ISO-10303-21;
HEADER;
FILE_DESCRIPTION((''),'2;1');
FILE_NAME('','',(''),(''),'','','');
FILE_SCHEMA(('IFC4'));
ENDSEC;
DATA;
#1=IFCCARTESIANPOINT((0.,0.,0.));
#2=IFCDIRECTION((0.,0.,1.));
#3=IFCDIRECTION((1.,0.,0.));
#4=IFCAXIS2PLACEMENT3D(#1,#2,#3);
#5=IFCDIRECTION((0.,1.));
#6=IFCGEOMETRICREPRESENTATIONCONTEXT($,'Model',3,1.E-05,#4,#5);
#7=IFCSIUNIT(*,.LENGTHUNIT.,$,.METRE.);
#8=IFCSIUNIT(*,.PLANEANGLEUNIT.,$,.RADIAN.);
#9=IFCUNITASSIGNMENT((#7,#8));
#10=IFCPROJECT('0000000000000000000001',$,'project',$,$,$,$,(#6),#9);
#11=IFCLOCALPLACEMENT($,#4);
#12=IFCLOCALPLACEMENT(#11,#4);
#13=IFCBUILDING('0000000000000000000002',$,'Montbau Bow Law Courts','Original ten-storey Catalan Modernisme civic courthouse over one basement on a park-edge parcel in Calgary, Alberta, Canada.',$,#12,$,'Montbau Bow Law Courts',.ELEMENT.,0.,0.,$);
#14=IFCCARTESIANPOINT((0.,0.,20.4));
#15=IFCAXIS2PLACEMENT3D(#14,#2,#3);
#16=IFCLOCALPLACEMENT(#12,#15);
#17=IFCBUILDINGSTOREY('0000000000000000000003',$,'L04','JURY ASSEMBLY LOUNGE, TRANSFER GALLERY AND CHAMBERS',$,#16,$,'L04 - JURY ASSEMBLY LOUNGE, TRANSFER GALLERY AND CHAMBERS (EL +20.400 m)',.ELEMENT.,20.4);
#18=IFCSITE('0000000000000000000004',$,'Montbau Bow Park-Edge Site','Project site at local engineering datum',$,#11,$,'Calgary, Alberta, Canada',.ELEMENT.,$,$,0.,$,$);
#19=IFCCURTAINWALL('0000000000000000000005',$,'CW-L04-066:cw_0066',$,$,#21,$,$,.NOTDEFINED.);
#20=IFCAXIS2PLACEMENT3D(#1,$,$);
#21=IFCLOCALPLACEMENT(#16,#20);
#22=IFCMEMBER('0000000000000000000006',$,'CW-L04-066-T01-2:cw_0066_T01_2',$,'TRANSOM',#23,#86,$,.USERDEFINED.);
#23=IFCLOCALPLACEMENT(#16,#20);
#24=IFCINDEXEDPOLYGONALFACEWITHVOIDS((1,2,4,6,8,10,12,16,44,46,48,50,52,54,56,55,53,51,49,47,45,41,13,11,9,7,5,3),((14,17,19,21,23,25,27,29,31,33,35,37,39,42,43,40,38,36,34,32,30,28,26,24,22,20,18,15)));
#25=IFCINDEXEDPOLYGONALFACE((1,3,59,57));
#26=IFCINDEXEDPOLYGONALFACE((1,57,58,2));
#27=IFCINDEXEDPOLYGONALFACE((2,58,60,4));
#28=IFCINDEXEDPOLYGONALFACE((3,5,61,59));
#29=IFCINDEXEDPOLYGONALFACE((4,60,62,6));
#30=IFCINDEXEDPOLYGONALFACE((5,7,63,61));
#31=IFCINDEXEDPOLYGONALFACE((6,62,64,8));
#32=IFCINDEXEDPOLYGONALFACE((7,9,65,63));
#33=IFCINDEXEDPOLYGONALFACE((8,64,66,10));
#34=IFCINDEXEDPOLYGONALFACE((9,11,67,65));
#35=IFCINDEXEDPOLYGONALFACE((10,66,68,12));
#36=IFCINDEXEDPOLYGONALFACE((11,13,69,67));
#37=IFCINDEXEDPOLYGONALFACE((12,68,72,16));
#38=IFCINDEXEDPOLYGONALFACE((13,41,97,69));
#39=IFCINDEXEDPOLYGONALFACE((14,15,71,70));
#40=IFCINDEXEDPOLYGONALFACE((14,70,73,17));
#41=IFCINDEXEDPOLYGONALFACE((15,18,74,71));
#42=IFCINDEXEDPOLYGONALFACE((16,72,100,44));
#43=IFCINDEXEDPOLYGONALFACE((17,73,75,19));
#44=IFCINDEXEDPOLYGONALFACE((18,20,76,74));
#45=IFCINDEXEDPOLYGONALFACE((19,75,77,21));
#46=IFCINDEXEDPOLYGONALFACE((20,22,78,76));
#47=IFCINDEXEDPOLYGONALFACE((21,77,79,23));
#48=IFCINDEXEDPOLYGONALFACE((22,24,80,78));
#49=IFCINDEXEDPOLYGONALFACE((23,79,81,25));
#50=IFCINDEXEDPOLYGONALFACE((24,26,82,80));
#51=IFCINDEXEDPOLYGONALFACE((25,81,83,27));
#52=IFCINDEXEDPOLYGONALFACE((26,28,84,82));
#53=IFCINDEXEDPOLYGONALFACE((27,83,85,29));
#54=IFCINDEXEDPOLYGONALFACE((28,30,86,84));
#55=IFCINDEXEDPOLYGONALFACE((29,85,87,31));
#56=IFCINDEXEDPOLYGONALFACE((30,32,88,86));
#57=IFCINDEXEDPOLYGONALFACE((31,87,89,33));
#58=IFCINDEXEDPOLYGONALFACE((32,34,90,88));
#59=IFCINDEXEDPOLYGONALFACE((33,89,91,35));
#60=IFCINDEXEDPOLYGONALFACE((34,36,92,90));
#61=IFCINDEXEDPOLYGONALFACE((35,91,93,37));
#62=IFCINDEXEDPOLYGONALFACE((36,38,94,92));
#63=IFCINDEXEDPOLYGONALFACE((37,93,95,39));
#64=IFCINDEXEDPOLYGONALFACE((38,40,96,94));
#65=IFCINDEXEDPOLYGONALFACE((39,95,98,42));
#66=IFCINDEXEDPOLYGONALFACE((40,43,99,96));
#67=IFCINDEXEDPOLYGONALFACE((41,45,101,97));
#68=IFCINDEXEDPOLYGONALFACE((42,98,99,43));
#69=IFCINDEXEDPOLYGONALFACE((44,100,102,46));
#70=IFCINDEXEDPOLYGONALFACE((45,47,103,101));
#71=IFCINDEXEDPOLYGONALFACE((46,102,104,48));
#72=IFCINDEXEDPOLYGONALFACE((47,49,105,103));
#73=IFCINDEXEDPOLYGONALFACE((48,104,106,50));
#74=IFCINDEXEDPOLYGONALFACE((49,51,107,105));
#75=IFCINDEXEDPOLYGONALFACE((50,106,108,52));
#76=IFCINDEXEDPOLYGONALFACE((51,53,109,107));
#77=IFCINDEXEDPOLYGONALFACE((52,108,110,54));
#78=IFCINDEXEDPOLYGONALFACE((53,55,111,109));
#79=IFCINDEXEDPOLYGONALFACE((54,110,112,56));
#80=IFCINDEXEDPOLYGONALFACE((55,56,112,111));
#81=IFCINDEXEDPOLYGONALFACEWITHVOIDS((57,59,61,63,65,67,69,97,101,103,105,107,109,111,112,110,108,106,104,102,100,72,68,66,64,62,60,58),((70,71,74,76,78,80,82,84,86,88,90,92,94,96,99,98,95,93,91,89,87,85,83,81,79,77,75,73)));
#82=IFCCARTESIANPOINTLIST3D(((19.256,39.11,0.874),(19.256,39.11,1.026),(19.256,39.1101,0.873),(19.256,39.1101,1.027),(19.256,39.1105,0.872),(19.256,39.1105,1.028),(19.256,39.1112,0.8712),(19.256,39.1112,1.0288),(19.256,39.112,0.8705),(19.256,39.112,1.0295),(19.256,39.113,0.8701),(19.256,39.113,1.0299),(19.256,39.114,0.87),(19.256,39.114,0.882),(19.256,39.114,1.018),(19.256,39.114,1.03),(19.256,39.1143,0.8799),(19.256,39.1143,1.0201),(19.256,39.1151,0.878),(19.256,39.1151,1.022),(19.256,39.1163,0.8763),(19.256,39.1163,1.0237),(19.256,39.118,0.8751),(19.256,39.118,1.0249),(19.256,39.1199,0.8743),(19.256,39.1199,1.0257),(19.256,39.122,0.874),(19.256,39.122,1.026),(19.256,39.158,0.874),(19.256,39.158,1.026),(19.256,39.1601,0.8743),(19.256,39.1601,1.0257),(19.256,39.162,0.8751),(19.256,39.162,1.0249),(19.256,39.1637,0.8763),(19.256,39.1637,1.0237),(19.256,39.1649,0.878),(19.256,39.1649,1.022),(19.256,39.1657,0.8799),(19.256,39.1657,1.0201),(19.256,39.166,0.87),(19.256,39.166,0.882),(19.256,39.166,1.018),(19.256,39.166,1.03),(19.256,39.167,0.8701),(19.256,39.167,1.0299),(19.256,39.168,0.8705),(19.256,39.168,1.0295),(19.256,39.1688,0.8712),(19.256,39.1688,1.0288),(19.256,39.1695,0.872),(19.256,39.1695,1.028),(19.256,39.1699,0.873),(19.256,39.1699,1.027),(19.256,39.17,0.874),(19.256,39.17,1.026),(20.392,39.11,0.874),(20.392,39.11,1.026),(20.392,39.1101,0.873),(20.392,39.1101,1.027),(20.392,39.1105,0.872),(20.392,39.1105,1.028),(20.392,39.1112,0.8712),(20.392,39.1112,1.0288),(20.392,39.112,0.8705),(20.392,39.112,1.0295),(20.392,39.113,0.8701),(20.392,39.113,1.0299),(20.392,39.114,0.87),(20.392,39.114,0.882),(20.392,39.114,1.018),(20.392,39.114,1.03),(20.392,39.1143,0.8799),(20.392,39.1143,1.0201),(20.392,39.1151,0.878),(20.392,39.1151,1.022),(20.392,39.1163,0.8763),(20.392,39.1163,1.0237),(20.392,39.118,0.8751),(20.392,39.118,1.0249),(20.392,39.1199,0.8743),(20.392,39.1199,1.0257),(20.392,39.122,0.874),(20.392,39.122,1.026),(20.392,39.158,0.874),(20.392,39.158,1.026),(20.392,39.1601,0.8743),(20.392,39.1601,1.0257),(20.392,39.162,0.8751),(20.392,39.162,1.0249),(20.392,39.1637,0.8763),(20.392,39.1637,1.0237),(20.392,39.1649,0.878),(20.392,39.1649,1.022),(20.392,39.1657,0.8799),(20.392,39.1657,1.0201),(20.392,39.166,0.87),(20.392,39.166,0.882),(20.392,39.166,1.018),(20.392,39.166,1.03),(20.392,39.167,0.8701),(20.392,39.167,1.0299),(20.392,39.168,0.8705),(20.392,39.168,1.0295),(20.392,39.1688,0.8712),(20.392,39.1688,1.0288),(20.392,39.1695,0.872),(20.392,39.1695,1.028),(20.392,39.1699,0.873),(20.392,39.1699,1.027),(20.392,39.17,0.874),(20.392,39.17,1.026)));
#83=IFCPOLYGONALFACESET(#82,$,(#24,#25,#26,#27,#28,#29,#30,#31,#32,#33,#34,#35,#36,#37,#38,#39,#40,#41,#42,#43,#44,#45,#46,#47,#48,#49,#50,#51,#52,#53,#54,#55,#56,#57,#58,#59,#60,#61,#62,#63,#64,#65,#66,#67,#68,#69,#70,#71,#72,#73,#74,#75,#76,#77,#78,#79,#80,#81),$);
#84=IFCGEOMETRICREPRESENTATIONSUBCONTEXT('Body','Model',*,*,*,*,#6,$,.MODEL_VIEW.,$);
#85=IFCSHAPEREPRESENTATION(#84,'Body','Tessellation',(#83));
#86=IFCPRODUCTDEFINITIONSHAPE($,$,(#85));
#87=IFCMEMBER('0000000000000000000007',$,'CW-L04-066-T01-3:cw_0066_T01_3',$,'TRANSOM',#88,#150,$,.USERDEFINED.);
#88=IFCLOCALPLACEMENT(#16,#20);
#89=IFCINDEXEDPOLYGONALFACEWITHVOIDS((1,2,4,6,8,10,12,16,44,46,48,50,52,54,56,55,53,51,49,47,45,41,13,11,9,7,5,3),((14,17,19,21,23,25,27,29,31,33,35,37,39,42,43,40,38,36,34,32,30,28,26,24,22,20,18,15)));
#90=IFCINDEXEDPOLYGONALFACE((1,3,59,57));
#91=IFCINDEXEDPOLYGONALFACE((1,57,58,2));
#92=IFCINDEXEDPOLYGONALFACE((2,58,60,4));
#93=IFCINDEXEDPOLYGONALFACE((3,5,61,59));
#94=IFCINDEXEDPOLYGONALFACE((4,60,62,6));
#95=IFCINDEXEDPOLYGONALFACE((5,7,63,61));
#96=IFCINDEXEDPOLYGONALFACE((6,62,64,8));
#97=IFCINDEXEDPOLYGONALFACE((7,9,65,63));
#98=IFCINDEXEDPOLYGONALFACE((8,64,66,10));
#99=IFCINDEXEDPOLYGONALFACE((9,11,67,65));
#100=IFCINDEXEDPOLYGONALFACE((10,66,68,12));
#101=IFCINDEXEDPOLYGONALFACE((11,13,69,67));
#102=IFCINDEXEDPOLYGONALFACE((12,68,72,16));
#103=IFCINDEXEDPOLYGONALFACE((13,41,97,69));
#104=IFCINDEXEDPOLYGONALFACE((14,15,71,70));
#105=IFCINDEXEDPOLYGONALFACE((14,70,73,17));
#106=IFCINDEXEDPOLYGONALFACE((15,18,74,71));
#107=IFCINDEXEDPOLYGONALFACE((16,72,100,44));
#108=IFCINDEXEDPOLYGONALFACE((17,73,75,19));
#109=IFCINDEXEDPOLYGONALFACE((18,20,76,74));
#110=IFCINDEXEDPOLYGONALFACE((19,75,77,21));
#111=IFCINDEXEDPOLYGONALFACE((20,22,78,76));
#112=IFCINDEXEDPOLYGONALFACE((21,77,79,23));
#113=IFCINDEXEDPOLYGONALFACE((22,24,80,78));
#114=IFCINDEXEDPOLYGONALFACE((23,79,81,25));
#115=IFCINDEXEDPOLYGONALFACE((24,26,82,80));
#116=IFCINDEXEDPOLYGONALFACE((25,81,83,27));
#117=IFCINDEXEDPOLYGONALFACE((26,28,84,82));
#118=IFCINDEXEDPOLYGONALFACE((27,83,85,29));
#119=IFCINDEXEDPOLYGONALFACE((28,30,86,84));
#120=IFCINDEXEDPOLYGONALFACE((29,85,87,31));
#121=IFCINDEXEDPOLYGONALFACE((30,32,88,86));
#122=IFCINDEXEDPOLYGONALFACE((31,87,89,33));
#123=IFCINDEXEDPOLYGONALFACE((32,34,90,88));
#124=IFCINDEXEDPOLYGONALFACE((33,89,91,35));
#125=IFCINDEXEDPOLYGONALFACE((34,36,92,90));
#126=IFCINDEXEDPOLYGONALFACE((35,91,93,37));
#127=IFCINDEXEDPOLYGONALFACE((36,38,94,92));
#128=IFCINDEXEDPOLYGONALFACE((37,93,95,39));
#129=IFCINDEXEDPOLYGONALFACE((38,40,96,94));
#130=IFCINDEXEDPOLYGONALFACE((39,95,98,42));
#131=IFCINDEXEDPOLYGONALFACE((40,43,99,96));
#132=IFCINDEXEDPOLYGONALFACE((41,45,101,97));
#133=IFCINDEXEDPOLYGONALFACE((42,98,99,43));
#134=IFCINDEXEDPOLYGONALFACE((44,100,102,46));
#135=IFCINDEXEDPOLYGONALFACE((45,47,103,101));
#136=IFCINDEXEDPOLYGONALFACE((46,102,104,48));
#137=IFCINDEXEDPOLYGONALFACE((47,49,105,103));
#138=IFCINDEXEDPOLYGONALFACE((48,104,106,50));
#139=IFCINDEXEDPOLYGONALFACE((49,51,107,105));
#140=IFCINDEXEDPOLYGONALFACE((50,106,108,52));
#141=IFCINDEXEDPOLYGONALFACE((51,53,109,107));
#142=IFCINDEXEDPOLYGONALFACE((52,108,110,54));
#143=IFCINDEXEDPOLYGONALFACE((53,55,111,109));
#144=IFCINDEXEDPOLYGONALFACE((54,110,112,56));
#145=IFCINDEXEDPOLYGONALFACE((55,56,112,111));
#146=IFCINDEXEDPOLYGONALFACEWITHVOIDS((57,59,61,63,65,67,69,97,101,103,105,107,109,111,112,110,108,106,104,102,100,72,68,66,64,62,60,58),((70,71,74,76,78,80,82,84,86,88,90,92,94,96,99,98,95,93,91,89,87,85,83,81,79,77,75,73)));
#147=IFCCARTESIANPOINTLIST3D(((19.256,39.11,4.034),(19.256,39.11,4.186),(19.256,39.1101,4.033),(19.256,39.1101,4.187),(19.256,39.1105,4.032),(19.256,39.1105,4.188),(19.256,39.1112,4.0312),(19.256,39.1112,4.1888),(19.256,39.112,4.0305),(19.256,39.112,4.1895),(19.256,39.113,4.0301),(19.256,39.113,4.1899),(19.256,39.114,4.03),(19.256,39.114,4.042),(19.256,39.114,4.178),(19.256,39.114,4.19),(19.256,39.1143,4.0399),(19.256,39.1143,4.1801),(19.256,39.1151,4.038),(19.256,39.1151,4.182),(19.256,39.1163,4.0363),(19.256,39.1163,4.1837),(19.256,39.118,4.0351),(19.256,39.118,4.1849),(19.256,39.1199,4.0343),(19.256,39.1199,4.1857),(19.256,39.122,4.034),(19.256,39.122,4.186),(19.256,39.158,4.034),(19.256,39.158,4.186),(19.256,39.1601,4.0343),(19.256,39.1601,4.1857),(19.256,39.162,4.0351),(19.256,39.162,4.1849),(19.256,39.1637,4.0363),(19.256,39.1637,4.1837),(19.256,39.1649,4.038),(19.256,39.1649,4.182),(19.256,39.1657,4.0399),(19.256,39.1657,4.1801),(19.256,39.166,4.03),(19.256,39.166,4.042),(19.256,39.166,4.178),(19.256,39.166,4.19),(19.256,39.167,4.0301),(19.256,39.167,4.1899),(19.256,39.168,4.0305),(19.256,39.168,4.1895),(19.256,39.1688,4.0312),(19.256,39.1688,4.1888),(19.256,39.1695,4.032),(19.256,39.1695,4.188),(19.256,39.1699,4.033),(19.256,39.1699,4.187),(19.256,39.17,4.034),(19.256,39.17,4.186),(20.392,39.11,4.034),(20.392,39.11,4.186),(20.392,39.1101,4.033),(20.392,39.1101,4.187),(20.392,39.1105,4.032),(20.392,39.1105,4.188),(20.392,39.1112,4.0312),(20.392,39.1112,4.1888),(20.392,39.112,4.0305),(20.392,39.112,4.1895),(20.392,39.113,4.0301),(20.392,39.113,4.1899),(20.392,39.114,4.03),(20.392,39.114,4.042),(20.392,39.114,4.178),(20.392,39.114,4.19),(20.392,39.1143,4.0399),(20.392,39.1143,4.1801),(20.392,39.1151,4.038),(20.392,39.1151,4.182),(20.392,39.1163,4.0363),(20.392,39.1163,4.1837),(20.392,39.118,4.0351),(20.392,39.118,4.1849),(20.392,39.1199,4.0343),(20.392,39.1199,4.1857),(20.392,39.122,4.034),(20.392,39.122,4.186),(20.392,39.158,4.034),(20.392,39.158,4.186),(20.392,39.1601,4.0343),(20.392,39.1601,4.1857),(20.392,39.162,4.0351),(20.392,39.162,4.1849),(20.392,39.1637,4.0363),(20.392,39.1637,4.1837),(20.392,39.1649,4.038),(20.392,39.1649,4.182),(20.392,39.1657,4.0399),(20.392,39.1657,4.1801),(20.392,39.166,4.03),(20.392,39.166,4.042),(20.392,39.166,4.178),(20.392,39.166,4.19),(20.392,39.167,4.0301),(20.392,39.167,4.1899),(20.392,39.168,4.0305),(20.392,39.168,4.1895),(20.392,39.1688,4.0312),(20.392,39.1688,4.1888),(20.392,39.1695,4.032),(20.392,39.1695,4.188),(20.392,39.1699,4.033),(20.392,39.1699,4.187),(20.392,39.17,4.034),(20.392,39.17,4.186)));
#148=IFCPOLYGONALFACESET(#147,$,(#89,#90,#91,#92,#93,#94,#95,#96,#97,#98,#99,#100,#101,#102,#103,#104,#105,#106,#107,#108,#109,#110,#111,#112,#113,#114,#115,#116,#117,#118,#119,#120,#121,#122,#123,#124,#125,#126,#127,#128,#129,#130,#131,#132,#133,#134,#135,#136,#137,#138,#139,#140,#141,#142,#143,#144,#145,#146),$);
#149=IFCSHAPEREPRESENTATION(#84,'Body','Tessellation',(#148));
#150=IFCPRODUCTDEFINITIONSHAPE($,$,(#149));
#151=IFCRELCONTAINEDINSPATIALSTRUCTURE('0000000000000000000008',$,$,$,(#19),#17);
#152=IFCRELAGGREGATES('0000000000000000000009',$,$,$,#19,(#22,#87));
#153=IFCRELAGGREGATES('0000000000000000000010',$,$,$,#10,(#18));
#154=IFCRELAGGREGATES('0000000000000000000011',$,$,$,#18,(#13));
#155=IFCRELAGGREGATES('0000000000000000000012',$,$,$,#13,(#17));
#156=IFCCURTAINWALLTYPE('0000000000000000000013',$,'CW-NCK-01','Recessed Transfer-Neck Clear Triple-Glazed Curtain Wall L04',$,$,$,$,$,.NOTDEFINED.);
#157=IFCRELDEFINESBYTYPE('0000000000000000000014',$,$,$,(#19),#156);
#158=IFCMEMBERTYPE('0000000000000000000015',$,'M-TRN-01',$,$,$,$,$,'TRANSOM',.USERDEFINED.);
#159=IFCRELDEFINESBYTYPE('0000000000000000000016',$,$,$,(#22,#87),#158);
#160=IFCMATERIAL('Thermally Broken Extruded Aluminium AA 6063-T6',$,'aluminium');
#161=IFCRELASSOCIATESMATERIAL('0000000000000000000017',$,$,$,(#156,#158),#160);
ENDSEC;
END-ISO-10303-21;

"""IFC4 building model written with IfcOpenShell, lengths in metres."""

from ifc_helpers import new_model, si_unit, direction, frame, origin_with_axes, origin_2d_with_axis, place, context, subcontext, project, spatial, hollow_rectangle, extrude, material, material_profile, profile_set, type_object, element, aggregate, save


model = new_model("IFC4")

# Units and contexts
model_context = context("Model", 3, precision=1e-05, world=origin_with_axes(), true_north=direction((0.0, 1.0)))
body_context = subcontext(model_context, "Body", "Model", "MODEL_VIEW")
ifc_project = project(units=[si_unit("LENGTHUNIT", "METRE"), si_unit("PLANEANGLEUNIT", "RADIAN")], contexts=[model_context])

# Site, building, storey
site_placement = place(None, origin_with_axes())
site = spatial("IfcSite", under=ifc_project, at=site_placement, Name="Montbau Bow Park-Edge Site", Description="Project site at local engineering datum", LongName="Calgary, Alberta, Canada", CompositionType="ELEMENT", RefElevation=0.0)
building_placement = place(site_placement, origin_with_axes())
building = spatial("IfcBuilding", under=site, at=building_placement, Name="Montbau Bow Law Courts", Description="Original ten-storey Catalan Modernisme civic courthouse over one basement on a park-edge parcel in Calgary, Alberta, Canada.", LongName="Montbau Bow Law Courts", CompositionType="ELEMENT", ElevationOfRefHeight=0.0, ElevationOfTerrain=0.0)
storey_placement = place(building_placement, frame((0.0, 0.0, 20.4), z_axis=(0.0, 0.0, 1.0), x_axis=(1.0, 0.0, 0.0)))
storey = spatial("IfcBuildingStorey", under=building, at=storey_placement, Name="L04", Description="JURY ASSEMBLY LOUNGE, TRANSFER GALLERY AND CHAMBERS", LongName="L04 - JURY ASSEMBLY LOUNGE, TRANSFER GALLERY AND CHAMBERS (EL +20.400 m)", CompositionType="ELEMENT", Elevation=20.4)

# Curtain wall
ifc_material_1 = material(Name="Thermally Broken Extruded Aluminium AA 6063-T6", Category="aluminium")
curtain_wall_type = type_object("IfcCurtainWallType", Name="CW-NCK-01", Description="Recessed Transfer-Neck Clear Triple-Glazed Curtain Wall L04", PredefinedType="NOTDEFINED", material=ifc_material_1)
curtain_wall_1_placement = place(None, frame((19.18, 39.14, 20.4), z_axis=(0.0, 0.0, 1.0), x_axis=(1.0, 0.0, 0.0)))
curtain_wall_1 = element("IfcCurtainWall", 1, at=curtain_wall_1_placement, inside=storey, type_object=curtain_wall_type, Name="CW-L04-066:cw_0066", PredefinedType="NOTDEFINED")

# Members
ifc_material_profile_1 = material_profile(ifc_material_1, hollow_rectangle(XDim=0.06, YDim=0.16, WallThickness=0.004, InnerFilletRadius=0.008, OuterFilletRadius=0.004, at=origin_2d_with_axis()), Name="CWT-160X60", Category="Main", Priority=0)
ifc_profile_set_1 = profile_set([ifc_material_profile_1], Name="Thermally Broken Extruded Aluminium AA 6063-T6")
member_type_1 = type_object("IfcMemberType", Name="M-TRN-01", ElementType="TRANSOM", PredefinedType="USERDEFINED", material=ifc_profile_set_1)
member_1_placement = place(None, frame((19.256, 39.14, 21.35), z_axis=(1.0, 0.0, 0.0), x_axis=(0.0, 1.0, 0.0)))
member_1 = element("IfcMember", 2, at=member_1_placement, type_object=member_type_1, Name="CW-L04-066-T01-2:cw_0066_T01_2", ObjectType="TRANSOM", PredefinedType="USERDEFINED", context=body_context, shape_type="SweptSolid", body=[
    extrude(hollow_rectangle(XDim=0.06, YDim=0.16, WallThickness=0.004, InnerFilletRadius=0.008, OuterFilletRadius=0.004, at=origin_2d_with_axis()), origin_with_axes(), (0.0, 0.0, 1.0), 1.136),
])
member_2_placement = place(None, frame((19.256, 39.14, 24.51), z_axis=(1.0, 0.0, 0.0), x_axis=(0.0, 1.0, 0.0)))
member_2 = element("IfcMember", 3, at=member_2_placement, type_object=member_type_1, Name="CW-L04-066-T01-3:cw_0066_T01_3", ObjectType="TRANSOM", PredefinedType="USERDEFINED", context=body_context, shape_type="SweptSolid", body=[
    extrude(hollow_rectangle(XDim=0.06, YDim=0.16, WallThickness=0.004, InnerFilletRadius=0.008, OuterFilletRadius=0.004, at=origin_2d_with_axis()), origin_with_axes(), (0.0, 0.0, 1.0), 1.136),
])

aggregate(curtain_wall_1, [member_1, member_2])

save(model, "model.ifc")
